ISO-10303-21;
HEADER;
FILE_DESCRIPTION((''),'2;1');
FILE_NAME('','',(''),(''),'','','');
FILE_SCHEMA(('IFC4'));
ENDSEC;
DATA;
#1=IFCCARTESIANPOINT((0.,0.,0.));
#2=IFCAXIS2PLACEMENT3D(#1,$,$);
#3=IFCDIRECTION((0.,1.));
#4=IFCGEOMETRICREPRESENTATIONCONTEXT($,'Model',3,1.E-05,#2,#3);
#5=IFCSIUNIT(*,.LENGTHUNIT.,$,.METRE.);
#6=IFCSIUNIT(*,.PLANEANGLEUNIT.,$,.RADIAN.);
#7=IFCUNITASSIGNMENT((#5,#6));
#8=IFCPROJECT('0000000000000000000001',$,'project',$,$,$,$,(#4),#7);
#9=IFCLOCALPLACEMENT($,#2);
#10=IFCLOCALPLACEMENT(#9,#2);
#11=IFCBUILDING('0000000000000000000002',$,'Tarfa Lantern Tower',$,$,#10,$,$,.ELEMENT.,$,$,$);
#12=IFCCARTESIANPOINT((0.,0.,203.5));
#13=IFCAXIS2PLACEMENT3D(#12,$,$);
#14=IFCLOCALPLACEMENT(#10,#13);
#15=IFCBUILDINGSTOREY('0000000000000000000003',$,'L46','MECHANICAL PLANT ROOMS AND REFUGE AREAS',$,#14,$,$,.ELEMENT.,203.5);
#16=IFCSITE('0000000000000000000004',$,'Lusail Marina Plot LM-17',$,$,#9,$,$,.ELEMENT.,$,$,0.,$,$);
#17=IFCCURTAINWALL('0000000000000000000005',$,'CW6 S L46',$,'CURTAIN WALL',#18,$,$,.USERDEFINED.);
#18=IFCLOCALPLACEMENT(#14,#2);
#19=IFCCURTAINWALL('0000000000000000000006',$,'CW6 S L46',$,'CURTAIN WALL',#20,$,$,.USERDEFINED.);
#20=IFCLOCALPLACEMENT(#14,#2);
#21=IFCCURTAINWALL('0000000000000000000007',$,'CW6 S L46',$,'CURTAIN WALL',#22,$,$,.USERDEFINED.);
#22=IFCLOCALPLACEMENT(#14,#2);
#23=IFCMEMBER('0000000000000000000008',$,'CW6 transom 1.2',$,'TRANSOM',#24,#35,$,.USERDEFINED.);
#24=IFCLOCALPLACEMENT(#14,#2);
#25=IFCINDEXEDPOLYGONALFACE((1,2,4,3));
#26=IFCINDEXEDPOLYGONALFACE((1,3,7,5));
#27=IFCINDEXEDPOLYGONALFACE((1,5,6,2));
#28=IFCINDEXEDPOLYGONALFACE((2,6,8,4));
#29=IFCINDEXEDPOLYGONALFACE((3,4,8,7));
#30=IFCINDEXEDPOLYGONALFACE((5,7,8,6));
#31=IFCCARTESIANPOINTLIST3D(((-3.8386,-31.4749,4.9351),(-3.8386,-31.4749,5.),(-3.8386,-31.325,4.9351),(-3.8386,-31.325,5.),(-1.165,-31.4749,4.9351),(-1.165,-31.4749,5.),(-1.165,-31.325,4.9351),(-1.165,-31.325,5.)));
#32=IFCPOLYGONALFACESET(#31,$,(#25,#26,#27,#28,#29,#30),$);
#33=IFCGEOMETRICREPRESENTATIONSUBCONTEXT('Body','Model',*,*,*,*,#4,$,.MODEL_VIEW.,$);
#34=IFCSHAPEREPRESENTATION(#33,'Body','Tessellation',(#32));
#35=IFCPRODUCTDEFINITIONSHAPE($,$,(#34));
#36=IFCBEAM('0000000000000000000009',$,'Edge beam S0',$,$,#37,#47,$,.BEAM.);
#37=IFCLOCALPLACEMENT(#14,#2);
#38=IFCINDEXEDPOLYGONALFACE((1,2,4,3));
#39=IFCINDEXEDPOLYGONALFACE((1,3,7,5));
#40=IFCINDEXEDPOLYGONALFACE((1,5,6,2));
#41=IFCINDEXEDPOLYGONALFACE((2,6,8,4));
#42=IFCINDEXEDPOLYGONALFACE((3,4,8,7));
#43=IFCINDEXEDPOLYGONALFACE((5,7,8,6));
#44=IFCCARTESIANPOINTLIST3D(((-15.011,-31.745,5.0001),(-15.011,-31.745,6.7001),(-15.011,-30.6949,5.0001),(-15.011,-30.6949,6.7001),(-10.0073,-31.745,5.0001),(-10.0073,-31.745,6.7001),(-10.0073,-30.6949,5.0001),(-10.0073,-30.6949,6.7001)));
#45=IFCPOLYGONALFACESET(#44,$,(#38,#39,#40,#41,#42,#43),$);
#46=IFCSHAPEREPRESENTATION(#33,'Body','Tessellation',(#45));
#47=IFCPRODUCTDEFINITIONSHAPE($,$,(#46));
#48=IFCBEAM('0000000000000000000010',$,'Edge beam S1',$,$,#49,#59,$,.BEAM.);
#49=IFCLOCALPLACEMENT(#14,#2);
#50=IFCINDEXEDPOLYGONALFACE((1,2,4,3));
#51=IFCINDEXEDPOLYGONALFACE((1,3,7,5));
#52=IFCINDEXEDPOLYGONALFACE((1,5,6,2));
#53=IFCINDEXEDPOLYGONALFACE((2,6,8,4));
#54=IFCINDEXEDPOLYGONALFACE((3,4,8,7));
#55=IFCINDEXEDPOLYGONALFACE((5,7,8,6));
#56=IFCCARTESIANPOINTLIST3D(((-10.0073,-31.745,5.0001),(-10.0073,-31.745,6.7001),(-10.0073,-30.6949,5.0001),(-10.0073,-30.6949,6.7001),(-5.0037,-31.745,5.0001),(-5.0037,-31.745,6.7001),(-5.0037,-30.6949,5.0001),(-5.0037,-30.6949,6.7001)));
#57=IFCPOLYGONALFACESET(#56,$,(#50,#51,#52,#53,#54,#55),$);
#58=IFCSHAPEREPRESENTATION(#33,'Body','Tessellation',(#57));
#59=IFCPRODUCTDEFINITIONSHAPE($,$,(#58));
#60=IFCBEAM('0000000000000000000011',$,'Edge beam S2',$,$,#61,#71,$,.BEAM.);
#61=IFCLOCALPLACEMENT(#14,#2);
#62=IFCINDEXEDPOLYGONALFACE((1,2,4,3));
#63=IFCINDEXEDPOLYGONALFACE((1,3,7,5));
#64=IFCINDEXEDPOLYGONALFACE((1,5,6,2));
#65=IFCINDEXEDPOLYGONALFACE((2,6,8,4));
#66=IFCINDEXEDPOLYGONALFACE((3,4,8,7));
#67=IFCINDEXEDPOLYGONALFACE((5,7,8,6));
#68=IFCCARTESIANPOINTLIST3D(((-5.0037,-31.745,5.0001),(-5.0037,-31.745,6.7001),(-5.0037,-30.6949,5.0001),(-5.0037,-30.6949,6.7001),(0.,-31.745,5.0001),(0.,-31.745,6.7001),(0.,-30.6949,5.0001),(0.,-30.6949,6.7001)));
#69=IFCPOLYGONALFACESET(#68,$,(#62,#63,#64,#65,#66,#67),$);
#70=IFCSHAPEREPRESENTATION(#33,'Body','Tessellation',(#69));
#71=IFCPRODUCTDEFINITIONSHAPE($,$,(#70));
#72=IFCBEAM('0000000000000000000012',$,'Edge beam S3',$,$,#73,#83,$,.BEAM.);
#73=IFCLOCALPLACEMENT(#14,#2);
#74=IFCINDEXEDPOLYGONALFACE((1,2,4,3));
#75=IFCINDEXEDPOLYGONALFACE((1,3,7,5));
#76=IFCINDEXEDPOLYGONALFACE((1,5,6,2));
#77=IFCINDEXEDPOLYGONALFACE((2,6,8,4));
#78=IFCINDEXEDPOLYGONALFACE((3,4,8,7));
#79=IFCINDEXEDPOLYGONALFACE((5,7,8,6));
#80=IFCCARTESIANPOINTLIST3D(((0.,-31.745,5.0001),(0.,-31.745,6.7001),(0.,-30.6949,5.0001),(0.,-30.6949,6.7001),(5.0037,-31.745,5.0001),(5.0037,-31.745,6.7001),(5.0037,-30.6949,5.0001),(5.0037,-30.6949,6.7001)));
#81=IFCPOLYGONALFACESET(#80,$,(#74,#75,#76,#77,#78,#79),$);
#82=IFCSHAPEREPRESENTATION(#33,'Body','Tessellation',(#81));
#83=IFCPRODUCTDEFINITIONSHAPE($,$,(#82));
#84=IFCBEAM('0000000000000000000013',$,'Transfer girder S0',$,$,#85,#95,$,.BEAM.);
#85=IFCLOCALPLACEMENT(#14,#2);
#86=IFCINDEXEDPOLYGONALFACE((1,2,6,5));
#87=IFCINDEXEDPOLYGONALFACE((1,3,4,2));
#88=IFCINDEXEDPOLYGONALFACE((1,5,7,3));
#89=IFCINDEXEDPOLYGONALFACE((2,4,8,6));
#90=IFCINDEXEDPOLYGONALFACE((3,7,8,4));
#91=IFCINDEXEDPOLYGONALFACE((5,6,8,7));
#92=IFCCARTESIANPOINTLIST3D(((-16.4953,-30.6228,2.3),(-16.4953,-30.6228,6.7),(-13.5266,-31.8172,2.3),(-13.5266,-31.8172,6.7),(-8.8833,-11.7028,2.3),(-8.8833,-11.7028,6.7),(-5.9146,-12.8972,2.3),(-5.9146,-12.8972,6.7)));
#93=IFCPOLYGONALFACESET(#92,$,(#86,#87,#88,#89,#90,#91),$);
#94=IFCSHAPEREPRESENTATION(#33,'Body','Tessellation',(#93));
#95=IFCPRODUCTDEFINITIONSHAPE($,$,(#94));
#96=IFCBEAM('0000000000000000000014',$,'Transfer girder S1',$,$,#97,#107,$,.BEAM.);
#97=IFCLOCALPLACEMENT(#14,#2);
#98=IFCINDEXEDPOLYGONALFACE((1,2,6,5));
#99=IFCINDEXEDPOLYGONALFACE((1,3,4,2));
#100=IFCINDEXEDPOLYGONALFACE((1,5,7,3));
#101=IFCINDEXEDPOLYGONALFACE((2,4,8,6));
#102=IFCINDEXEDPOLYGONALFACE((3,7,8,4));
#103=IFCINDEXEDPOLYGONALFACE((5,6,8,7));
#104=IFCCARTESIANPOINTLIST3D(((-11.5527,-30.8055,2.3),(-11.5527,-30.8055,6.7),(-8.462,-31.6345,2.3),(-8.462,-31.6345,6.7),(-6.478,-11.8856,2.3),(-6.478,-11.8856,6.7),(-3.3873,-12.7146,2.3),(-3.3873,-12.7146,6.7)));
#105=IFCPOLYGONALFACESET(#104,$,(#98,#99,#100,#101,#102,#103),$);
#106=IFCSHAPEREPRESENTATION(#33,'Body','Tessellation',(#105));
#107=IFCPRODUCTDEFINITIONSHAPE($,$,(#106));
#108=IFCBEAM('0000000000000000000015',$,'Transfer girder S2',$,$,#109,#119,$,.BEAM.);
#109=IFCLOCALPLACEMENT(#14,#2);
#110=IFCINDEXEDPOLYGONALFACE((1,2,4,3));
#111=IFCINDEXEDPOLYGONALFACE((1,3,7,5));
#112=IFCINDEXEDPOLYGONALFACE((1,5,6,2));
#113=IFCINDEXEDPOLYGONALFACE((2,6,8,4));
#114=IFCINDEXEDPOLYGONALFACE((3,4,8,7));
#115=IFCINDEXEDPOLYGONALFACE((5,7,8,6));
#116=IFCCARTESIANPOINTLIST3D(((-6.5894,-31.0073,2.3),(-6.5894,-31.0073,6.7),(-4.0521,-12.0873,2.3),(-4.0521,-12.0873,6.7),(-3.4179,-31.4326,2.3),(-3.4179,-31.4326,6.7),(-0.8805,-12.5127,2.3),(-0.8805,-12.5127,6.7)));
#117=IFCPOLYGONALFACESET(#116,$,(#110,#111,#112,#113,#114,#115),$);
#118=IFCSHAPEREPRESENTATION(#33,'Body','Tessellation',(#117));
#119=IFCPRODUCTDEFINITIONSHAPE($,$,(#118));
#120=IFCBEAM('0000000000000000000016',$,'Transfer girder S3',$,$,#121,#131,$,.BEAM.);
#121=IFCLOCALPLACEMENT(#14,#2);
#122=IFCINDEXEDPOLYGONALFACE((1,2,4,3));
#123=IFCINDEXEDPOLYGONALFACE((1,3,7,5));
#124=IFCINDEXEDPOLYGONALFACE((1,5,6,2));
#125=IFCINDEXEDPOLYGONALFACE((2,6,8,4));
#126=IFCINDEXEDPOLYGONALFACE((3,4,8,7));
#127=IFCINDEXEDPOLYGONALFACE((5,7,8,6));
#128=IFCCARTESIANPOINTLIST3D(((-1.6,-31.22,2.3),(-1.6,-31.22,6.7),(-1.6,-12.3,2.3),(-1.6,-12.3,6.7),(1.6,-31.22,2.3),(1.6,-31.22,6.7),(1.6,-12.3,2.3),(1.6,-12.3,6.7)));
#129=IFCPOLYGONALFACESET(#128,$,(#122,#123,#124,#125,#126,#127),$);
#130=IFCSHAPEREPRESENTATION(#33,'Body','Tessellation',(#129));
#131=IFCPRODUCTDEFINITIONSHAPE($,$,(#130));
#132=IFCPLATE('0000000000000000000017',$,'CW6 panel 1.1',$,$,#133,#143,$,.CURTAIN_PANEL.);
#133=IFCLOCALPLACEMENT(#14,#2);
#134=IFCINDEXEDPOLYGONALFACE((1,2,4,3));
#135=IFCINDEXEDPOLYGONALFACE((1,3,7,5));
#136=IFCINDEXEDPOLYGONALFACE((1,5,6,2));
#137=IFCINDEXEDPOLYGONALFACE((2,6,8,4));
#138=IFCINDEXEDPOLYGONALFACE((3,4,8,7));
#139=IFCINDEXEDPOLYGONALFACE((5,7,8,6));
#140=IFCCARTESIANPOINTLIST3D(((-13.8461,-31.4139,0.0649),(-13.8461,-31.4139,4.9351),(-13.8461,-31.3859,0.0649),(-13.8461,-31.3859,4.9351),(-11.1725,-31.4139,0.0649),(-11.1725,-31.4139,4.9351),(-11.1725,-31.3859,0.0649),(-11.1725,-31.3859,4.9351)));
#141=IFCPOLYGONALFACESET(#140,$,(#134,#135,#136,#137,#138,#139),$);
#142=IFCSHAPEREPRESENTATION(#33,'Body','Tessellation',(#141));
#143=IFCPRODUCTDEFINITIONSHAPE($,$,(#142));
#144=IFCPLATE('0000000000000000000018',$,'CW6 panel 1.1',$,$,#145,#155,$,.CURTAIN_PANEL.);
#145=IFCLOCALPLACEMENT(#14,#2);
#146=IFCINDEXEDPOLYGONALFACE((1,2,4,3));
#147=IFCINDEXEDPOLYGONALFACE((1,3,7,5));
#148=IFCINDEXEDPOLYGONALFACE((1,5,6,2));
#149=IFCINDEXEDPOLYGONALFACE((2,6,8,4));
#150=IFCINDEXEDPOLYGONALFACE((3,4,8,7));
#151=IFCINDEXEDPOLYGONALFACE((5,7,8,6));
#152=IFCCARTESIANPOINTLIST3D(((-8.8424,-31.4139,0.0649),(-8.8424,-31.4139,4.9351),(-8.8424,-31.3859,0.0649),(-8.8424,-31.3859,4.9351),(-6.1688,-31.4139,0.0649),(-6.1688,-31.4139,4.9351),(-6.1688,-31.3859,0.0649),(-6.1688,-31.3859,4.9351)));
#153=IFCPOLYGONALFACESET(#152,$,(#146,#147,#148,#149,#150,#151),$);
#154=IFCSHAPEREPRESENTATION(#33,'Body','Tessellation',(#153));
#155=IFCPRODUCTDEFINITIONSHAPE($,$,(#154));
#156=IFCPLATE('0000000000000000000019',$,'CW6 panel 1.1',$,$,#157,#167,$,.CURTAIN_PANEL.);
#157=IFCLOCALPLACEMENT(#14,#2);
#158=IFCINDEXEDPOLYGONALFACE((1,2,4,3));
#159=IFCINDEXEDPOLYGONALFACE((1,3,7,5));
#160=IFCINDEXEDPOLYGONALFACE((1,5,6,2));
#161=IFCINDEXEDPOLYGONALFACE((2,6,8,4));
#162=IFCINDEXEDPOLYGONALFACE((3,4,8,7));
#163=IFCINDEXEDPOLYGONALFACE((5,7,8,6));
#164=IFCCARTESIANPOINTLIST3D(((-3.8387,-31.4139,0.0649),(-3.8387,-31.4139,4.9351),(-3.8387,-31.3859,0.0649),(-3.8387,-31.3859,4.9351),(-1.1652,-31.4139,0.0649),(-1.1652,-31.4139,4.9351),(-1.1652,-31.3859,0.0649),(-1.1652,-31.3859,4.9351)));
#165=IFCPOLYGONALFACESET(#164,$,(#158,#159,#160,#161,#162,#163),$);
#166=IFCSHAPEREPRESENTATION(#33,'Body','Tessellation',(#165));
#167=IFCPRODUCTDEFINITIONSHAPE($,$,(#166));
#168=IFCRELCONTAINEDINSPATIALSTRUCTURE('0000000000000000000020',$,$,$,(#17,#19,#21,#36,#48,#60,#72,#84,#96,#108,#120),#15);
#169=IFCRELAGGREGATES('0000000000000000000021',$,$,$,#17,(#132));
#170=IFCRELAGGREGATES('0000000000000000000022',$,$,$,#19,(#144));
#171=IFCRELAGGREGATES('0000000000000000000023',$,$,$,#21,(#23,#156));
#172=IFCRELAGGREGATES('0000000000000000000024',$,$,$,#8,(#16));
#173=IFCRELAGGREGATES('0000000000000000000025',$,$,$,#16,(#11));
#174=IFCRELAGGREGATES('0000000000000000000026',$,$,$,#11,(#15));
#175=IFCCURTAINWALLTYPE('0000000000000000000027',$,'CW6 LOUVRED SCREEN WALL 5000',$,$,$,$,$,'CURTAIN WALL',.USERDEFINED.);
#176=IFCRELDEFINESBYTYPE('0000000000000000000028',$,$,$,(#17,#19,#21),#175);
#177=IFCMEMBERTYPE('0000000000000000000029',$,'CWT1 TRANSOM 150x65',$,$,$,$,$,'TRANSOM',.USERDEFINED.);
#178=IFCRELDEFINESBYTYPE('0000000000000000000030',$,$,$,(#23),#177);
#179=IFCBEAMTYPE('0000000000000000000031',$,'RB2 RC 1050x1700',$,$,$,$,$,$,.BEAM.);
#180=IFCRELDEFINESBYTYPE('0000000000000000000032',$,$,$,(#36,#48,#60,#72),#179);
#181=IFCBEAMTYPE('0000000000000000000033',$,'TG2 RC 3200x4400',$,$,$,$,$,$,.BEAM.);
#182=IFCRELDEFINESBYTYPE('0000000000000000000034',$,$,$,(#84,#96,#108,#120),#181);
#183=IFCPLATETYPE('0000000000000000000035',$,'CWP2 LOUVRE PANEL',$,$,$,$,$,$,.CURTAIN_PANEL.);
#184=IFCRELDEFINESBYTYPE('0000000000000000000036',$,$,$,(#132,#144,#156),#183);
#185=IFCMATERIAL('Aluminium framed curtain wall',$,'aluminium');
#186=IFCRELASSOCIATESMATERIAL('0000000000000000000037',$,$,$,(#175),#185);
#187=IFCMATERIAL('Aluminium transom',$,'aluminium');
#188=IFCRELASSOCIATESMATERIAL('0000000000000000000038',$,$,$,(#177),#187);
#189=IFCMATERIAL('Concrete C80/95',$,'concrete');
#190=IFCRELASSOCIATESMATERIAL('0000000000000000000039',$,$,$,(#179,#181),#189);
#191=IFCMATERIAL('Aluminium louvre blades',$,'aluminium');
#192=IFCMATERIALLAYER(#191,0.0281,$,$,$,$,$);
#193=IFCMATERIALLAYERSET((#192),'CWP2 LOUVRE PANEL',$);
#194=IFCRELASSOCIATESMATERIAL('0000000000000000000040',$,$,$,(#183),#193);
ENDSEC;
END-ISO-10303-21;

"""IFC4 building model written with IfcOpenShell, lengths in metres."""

from ifc_helpers import new_model, si_unit, direction, frame, origin, origin_2d, place, context, subcontext, project, spatial, rectangle, extrude, material, layer, layer_set, material_profile, profile_set, type_object, element, aggregate, save


model = new_model("IFC4")

# Units and contexts
model_context = context("Model", 3, precision=1e-05, world=origin(), true_north=direction((0.0, 1.0)))
body_context = subcontext(model_context, "Body", "Model", "MODEL_VIEW")
ifc_project = project(units=[si_unit("LENGTHUNIT", "METRE"), si_unit("PLANEANGLEUNIT", "RADIAN")], contexts=[model_context])

# Site, building, storey
site_placement = place(None, origin())
site = spatial("IfcSite", under=ifc_project, at=site_placement, Name="Lusail Marina Plot LM-17", CompositionType="ELEMENT", RefElevation=0.0)
building_placement = place(site_placement, origin())
building = spatial("IfcBuilding", under=site, at=building_placement, Name="Tarfa Lantern Tower", CompositionType="ELEMENT")
storey_placement = place(building_placement, frame((0.0, 0.0, 203.5)))
storey = spatial("IfcBuildingStorey", under=building, at=storey_placement, Name="L46", Description="MECHANICAL PLANT ROOMS AND REFUGE AREAS", CompositionType="ELEMENT", Elevation=203.5)

# Shared definitions
ifc_material_1 = material(Name="Concrete C80/95", Category="concrete")

# Curtain walls
ifc_material_2 = material(Name="Aluminium framed curtain wall", Category="aluminium")
curtain_wall_type = type_object("IfcCurtainWallType", Name="CW6 LOUVRED SCREEN WALL 5000", ElementType="CURTAIN WALL", PredefinedType="USERDEFINED", material=ifc_material_2)
curtain_wall_1_placement = place(storey_placement, origin())
curtain_wall_1 = element("IfcCurtainWall", 1, at=curtain_wall_1_placement, inside=storey, type_object=curtain_wall_type, Name="CW6 S L46", ObjectType="CURTAIN WALL", PredefinedType="USERDEFINED")
curtain_wall_2_placement = place(storey_placement, origin())
curtain_wall_2 = element("IfcCurtainWall", 2, at=curtain_wall_2_placement, inside=storey, type_object=curtain_wall_type, Name="CW6 S L46", ObjectType="CURTAIN WALL", PredefinedType="USERDEFINED")
curtain_wall_3_placement = place(storey_placement, origin())
curtain_wall_3 = element("IfcCurtainWall", 3, at=curtain_wall_3_placement, inside=storey, type_object=curtain_wall_type, Name="CW6 S L46", ObjectType="CURTAIN WALL", PredefinedType="USERDEFINED")

# Member
ifc_material_3 = material(Name="Aluminium transom", Category="aluminium")
ifc_material_profile_1 = material_profile(ifc_material_3, rectangle(XDim=0.1499, YDim=0.0649, at=origin_2d()), Name="AL TRANSOM 150x65")
ifc_profile_set_1 = profile_set([ifc_material_profile_1], Name="Aluminium transom")
member_type_1 = type_object("IfcMemberType", Name="CWT1 TRANSOM 150x65", ElementType="TRANSOM", PredefinedType="USERDEFINED", material=ifc_profile_set_1)
member_1_placement = place(storey_placement, frame((-3.8386, -31.3999, 4.9675), z_axis=(1.0, 0.0, 0.0), x_axis=(0.0, 1.0, 0.0)))
member_1 = element("IfcMember", 4, at=member_1_placement, type_object=member_type_1, Name="CW6 transom 1.2", ObjectType="TRANSOM", PredefinedType="USERDEFINED", context=body_context, shape_type="SweptSolid", body=[
    extrude(rectangle(XDim=0.1499, YDim=0.0649, at=origin_2d()), origin(), (0.0, 0.0, 1.0), 2.6736),
])

# Beams
ifc_material_profile_2 = material_profile(ifc_material_1, rectangle(XDim=1.05, YDim=1.7, at=origin_2d()), Name="RC 1050x1700")
ifc_profile_set_2 = profile_set([ifc_material_profile_2], Name="Concrete C80/95")
beam_type_1 = type_object("IfcBeamType", Name="RB2 RC 1050x1700", PredefinedType="BEAM", material=ifc_profile_set_2)
for number, where, z_axis, x_axis, name in (
    (5, (-15.011, -31.22, 5.8501), (1.0, 0.0, 0.0), (0.0, 1.0, 0.0), "Edge beam S0"),
    (6, (-10.0073, -31.22, 5.8501), (1.0, 0.0, 0.0), (0.0, 1.0, 0.0), "Edge beam S1"),
    (7, (-5.0037, -31.22, 5.8501), (1.0, 0.0, 0.0), (0.0, 1.0, 0.0), "Edge beam S2"),
    (8, (0.0, -31.22, 5.8501), (1.0, 0.0, 0.0), (0.0, 1.0, 0.0), "Edge beam S3"),
):
    element("IfcBeam", number, at=place(storey_placement, frame(where, z_axis=z_axis, x_axis=x_axis)), inside=storey, type_object=beam_type_1, Name=name, PredefinedType="BEAM", context=body_context, shape_type="SweptSolid", body=[
        extrude(rectangle(XDim=1.05, YDim=1.7, at=origin_2d()), origin(), (0.0, 0.0, 1.0), 5.0037),
    ])
ifc_material_profile_3 = material_profile(ifc_material_1, rectangle(XDim=3.2, YDim=4.3999, at=origin_2d()), Name="RC 3200x4400")
ifc_profile_set_3 = profile_set([ifc_material_profile_3], Name="Concrete C80/95")
beam_type_2 = type_object("IfcBeamType", Name="TG2 RC 3200x4400", PredefinedType="BEAM", material=ifc_profile_set_3)
beam_1_placement = place(storey_placement, frame((-15.011, -31.22, 4.5), z_axis=(0.373254, 0.927729, 0.0), x_axis=(-0.927729, 0.373254, 0.0)))
element("IfcBeam", 9, at=beam_1_placement, inside=storey, type_object=beam_type_2, Name="Transfer girder S0", PredefinedType="BEAM", context=body_context, shape_type="SweptSolid", body=[
    extrude(rectangle(XDim=3.2, YDim=4.3999, at=origin_2d()), origin(), (0.0, 0.0, 1.0), 20.3938),
])
beam_2_placement = place(storey_placement, frame((-10.0073, -31.22, 4.5), z_axis=(0.259063, 0.96586, 0.0), x_axis=(-0.96586, 0.259063, 0.0)))
element("IfcBeam", 10, at=beam_2_placement, inside=storey, type_object=beam_type_2, Name="Transfer girder S1", PredefinedType="BEAM", context=body_context, shape_type="SweptSolid", body=[
    extrude(rectangle(XDim=3.2, YDim=4.3999, at=origin_2d()), origin(), (0.0, 0.0, 1.0), 19.5886),
])
beam_3_placement = place(storey_placement, frame((-5.0037, -31.22, 4.5), z_axis=(0.13292, 0.991127, 0.0), x_axis=(-0.991127, 0.13292, 0.0)))
element("IfcBeam", 11, at=beam_3_placement, inside=storey, type_object=beam_type_2, Name="Transfer girder S2", PredefinedType="BEAM", context=body_context, shape_type="SweptSolid", body=[
    extrude(rectangle(XDim=3.2, YDim=4.3999, at=origin_2d()), origin(), (0.0, 0.0, 1.0), 19.0894),
])
beam_4_placement = place(storey_placement, frame((0.0, -31.22, 4.5), z_axis=(0.0, 1.0, 0.0), x_axis=(-1.0, 0.0, 0.0)))
element("IfcBeam", 12, at=beam_4_placement, inside=storey, type_object=beam_type_2, Name="Transfer girder S3", PredefinedType="BEAM", context=body_context, shape_type="SweptSolid", body=[
    extrude(rectangle(XDim=3.2, YDim=4.3999, at=origin_2d()), origin(), (0.0, 0.0, 1.0), 18.9199),
])

# Plates
ifc_material_4 = material(Name="Aluminium louvre blades", Category="aluminium")
ifc_layer = layer(ifc_material_4, 0.0281)
ifc_layer_set = layer_set([ifc_layer], Name="CWP2 LOUVRE PANEL")
plate_type = type_object("IfcPlateType", Name="CWP2 LOUVRE PANEL", PredefinedType="CURTAIN_PANEL", material=ifc_layer_set)
plate_1_placement = place(storey_placement, frame((-12.5093, -31.3999, 0.0649), z_axis=(0.0, 0.0, 1.0), x_axis=(1.0, 0.0, 0.0)))
plate_1 = element("IfcPlate", 13, at=plate_1_placement, type_object=plate_type, Name="CW6 panel 1.1", PredefinedType="CURTAIN_PANEL", context=body_context, shape_type="SweptSolid", body=[
    extrude(rectangle(XDim=2.6736, YDim=0.0281, at=origin_2d()), origin(), (0.0, 0.0, 1.0), 4.8701),
])
aggregate(curtain_wall_1, [plate_1])
plate_2_placement = place(storey_placement, frame((-7.5056, -31.3999, 0.0649), z_axis=(0.0, 0.0, 1.0), x_axis=(1.0, 0.0, 0.0)))
plate_2 = element("IfcPlate", 14, at=plate_2_placement, type_object=plate_type, Name="CW6 panel 1.1", PredefinedType="CURTAIN_PANEL", context=body_context, shape_type="SweptSolid", body=[
    extrude(rectangle(XDim=2.6736, YDim=0.0281, at=origin_2d()), origin(), (0.0, 0.0, 1.0), 4.8701),
])
aggregate(curtain_wall_2, [plate_2])
plate_3_placement = place(storey_placement, frame((-2.502, -31.3999, 0.0649), z_axis=(0.0, 0.0, 1.0), x_axis=(1.0, 0.0, 0.0)))
plate_3 = element("IfcPlate", 15, at=plate_3_placement, type_object=plate_type, Name="CW6 panel 1.1", PredefinedType="CURTAIN_PANEL", context=body_context, shape_type="SweptSolid", body=[
    extrude(rectangle(XDim=2.6736, YDim=0.0281, at=origin_2d()), origin(), (0.0, 0.0, 1.0), 4.8701),
])
aggregate(curtain_wall_3, [member_1, plate_3])

save(model, "model.ifc")
